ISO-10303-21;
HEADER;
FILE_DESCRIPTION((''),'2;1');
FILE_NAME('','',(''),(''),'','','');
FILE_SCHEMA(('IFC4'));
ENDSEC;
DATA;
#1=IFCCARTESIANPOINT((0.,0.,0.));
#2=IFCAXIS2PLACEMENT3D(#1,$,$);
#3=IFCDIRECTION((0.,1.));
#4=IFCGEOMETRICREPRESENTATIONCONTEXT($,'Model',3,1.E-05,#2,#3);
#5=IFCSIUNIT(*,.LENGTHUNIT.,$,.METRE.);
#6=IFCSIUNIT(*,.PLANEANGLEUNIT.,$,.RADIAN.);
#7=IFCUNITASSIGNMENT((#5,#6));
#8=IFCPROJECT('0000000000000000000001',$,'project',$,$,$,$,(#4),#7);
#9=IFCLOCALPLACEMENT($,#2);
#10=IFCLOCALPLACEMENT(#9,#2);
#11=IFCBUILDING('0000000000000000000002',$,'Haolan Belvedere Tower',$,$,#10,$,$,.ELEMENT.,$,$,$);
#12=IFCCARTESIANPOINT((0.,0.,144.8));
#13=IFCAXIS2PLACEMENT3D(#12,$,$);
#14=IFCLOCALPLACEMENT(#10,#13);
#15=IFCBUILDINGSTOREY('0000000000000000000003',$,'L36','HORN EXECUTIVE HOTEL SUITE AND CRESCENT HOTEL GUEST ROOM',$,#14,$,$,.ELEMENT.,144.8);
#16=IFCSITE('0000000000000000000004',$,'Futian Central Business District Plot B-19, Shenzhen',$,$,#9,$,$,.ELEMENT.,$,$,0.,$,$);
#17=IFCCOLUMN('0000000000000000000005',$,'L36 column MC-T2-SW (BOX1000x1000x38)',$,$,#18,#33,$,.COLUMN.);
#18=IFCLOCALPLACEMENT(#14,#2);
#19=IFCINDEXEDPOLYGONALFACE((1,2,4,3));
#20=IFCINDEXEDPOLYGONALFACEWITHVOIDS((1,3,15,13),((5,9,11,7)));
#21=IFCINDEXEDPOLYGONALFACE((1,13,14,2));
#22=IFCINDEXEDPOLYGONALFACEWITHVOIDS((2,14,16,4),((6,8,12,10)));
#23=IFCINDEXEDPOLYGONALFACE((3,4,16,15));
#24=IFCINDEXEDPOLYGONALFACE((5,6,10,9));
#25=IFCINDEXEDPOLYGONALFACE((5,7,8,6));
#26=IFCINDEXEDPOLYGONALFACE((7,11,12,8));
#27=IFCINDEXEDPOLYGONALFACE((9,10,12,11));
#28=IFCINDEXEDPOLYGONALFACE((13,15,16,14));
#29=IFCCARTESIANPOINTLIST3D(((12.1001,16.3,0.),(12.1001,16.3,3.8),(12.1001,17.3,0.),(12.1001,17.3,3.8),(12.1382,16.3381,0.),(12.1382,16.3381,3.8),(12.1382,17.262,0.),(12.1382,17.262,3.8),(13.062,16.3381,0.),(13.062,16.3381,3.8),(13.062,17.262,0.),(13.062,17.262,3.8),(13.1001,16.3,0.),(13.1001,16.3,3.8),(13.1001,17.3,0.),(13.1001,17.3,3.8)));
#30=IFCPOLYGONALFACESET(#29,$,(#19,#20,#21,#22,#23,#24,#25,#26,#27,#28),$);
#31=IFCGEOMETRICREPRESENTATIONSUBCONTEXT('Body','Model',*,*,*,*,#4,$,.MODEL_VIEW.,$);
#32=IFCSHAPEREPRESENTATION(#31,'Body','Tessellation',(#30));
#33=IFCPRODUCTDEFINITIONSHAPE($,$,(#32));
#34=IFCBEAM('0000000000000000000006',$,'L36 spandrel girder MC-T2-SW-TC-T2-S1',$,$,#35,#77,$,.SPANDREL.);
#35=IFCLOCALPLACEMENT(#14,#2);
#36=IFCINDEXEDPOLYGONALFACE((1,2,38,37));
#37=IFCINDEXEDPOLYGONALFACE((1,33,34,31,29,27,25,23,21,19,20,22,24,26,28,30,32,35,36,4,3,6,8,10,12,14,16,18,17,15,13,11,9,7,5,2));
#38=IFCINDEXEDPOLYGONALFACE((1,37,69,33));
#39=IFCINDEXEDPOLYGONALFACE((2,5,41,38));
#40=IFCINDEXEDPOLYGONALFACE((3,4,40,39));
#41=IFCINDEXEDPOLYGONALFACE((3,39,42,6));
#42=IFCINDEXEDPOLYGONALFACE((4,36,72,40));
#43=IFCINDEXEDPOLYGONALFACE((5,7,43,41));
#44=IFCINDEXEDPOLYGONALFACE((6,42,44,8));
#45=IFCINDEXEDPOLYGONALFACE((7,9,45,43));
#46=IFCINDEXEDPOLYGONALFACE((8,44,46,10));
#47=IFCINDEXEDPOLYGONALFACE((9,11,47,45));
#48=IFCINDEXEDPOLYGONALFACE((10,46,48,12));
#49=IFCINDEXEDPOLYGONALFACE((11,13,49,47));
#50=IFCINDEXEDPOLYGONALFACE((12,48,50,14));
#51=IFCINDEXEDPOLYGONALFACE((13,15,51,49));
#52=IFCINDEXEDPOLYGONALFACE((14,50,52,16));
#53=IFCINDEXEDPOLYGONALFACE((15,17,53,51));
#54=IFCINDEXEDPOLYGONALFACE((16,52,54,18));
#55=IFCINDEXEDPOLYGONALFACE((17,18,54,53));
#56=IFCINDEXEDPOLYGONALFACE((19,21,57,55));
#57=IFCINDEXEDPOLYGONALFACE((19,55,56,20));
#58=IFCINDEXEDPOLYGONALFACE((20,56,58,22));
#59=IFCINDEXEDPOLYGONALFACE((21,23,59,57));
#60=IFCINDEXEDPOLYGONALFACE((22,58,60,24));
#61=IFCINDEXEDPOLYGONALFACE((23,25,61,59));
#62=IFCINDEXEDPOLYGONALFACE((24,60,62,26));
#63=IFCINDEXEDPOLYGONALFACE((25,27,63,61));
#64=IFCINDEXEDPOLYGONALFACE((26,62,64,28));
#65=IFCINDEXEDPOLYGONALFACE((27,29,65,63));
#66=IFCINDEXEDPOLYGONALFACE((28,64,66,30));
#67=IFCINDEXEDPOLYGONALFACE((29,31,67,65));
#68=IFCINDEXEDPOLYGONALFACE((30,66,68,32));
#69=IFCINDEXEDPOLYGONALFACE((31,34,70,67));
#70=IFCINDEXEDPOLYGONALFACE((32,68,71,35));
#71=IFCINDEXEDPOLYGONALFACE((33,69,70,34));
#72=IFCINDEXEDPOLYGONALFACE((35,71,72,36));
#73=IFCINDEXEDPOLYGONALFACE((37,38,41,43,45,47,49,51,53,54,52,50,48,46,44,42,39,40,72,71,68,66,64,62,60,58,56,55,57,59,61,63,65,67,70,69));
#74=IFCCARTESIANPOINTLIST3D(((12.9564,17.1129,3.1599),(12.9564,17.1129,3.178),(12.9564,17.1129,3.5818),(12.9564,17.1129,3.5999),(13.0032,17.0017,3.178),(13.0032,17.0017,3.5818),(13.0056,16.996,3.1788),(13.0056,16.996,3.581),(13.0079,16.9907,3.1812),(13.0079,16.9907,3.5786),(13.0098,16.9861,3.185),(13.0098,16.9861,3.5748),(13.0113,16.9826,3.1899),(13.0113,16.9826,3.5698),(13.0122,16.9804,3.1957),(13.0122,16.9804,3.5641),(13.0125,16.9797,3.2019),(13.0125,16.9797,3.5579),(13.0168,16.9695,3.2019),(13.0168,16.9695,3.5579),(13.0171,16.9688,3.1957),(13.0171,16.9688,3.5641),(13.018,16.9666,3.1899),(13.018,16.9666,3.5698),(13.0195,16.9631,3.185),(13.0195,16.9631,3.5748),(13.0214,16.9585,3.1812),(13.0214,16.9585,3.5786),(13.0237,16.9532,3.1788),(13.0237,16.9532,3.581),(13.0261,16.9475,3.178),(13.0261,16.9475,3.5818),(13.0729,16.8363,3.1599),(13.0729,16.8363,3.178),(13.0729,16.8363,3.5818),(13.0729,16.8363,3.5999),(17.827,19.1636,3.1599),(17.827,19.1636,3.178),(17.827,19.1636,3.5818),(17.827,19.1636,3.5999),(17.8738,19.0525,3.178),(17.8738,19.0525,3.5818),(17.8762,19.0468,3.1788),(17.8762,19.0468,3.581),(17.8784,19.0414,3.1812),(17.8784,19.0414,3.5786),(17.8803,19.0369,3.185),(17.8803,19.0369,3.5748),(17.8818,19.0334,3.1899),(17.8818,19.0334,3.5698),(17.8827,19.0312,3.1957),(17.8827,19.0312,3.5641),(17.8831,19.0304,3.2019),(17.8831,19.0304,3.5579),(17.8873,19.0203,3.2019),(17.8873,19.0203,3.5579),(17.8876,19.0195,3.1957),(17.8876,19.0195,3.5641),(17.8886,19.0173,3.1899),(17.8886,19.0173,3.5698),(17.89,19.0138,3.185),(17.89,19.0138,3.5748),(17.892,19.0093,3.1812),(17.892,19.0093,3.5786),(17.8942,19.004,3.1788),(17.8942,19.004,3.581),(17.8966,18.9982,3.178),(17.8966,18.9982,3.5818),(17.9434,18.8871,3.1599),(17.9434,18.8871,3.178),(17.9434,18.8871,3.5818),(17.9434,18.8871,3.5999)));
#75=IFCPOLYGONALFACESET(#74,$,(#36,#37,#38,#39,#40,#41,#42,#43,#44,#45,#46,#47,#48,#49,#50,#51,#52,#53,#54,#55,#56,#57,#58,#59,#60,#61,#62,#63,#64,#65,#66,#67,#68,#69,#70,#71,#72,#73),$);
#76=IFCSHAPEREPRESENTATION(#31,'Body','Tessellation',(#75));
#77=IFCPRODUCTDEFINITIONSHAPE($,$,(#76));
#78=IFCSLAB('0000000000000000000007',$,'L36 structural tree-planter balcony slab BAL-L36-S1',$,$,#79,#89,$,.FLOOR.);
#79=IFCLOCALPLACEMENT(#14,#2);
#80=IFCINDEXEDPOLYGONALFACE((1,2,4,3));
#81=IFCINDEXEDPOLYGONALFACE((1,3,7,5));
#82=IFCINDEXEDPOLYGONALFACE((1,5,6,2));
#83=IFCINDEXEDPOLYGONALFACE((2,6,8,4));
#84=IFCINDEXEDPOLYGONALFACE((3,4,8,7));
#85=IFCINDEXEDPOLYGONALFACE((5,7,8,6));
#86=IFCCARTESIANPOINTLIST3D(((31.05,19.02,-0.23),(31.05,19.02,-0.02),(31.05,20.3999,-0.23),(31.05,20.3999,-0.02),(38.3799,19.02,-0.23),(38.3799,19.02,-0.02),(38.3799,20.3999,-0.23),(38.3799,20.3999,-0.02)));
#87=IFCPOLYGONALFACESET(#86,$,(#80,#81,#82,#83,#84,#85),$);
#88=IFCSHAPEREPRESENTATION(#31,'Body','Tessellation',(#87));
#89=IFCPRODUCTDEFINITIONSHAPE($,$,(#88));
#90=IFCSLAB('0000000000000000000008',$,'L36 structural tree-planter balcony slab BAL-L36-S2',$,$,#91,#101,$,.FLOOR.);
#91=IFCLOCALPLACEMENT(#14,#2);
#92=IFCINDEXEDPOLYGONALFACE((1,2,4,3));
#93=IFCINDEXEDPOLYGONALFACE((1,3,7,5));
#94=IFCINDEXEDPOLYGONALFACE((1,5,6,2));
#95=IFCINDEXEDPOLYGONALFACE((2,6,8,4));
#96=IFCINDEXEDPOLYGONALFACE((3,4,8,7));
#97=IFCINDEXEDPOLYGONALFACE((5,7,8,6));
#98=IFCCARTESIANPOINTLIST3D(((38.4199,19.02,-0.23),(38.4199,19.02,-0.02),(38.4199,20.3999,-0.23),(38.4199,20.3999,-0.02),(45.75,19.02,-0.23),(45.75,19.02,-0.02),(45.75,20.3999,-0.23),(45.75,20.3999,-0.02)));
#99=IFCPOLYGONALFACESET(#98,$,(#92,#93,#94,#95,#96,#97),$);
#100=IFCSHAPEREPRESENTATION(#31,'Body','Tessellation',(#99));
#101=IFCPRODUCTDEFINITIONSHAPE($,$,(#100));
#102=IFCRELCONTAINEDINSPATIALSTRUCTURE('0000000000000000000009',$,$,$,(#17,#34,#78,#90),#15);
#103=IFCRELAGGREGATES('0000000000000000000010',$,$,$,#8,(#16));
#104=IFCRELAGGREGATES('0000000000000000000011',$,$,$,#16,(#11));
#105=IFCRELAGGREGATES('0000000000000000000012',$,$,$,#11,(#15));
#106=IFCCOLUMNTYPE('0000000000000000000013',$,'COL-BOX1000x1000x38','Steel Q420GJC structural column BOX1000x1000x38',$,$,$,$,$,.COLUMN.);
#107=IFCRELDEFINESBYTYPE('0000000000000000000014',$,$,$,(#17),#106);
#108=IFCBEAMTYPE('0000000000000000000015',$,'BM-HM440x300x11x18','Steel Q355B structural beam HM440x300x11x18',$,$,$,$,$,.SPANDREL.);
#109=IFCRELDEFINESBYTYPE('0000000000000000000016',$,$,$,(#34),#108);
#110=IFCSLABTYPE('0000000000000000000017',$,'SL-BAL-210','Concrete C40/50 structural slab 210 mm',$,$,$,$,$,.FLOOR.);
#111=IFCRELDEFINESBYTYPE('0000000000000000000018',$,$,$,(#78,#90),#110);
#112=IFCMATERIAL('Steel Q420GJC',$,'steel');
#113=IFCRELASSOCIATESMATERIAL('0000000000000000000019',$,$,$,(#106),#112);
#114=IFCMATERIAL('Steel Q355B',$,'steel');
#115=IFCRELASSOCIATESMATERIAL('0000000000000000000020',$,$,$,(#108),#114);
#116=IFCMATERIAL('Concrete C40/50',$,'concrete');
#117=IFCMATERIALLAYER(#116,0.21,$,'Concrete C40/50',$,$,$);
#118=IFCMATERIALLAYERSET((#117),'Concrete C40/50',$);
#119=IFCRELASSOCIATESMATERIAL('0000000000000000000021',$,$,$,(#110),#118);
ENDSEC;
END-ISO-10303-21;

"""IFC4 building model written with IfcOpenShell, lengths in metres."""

from ifc_helpers import new_model, si_unit, direction, frame, origin, origin_2d, place, context, subcontext, project, spatial, polyline, hollow_rectangle, i_section, outline, extrude, material, layer, layer_set, material_profile, profile_set, type_object, element, save


model = new_model("IFC4")

# Units and contexts
model_context = context("Model", 3, precision=1e-05, world=origin(), true_north=direction((0.0, 1.0)))
body_context = subcontext(model_context, "Body", "Model", "MODEL_VIEW")
ifc_project = project(units=[si_unit("LENGTHUNIT", "METRE"), si_unit("PLANEANGLEUNIT", "RADIAN")], contexts=[model_context])

# Site, building, storey
site_placement = place(None, origin())
site = spatial("IfcSite", under=ifc_project, at=site_placement, Name="Futian Central Business District Plot B-19, Shenzhen", CompositionType="ELEMENT", RefElevation=0.0)
building_placement = place(site_placement, origin())
building = spatial("IfcBuilding", under=site, at=building_placement, Name="Haolan Belvedere Tower", CompositionType="ELEMENT")
storey_placement = place(building_placement, frame((0.0, 0.0, 144.8)))
storey = spatial("IfcBuildingStorey", under=building, at=storey_placement, Name="L36", Description="HORN EXECUTIVE HOTEL SUITE AND CRESCENT HOTEL GUEST ROOM", CompositionType="ELEMENT", Elevation=144.8)

# Column
ifc_material_1 = material(Name="Steel Q420GJC", Category="steel")
ifc_material_profile_1 = material_profile(ifc_material_1, hollow_rectangle(XDim=1.0, YDim=1.0, WallThickness=0.0381, at=origin_2d()), Name="Steel Q420GJC")
ifc_profile_set_1 = profile_set([ifc_material_profile_1], Name="Steel Q420GJC")
column_type = type_object("IfcColumnType", Name="COL-BOX1000x1000x38", Description="Steel Q420GJC structural column BOX1000x1000x38", PredefinedType="COLUMN", material=ifc_profile_set_1)
column_placement = place(storey_placement, frame((12.6001, 16.8, 0.0), z_axis=(0.0, 0.0, 1.0), x_axis=(1.0, 0.0, 0.0)))
element("IfcColumn", 1, at=column_placement, inside=storey, type_object=column_type, Name="L36 column MC-T2-SW (BOX1000x1000x38)", PredefinedType="COLUMN", context=body_context, shape_type="SweptSolid", body=[
    extrude(hollow_rectangle(XDim=1.0, YDim=1.0, WallThickness=0.0381, at=origin_2d()), origin(), (0.0, 0.0, 1.0), 3.8),
])

# Beam
ifc_material_2 = material(Name="Steel Q355B", Category="steel")
ifc_material_profile_2 = material_profile(ifc_material_2, i_section(OverallWidth=0.3, OverallDepth=0.4399, WebThickness=0.011, FlangeThickness=0.0181, FilletRadius=0.0239, at=origin_2d()), Name="Steel Q355B")
ifc_profile_set_2 = profile_set([ifc_material_profile_2], Name="Steel Q355B")
beam_type = type_object("IfcBeamType", Name="BM-HM440x300x11x18", Description="Steel Q355B structural beam HM440x300x11x18", PredefinedType="SPANDREL", material=ifc_profile_set_2)
beam_placement = place(storey_placement, frame((13.0146, 16.9746, 3.3799), z_axis=(0.921635, 0.388057, 0.0), x_axis=(-0.388057, 0.921635, 0.0)))
element("IfcBeam", 2, at=beam_placement, inside=storey, type_object=beam_type, Name="L36 spandrel girder MC-T2-SW-TC-T2-S1", PredefinedType="SPANDREL", context=body_context, shape_type="SweptSolid", body=[
    extrude(i_section(OverallWidth=0.3, OverallDepth=0.4399, WebThickness=0.011, FlangeThickness=0.0181, FilletRadius=0.0239, at=origin_2d()), origin(), (0.0, 0.0, 1.0), 5.2847),
])

# Slabs
ifc_material_3 = material(Name="Concrete C40/50", Category="concrete")
ifc_layer_1 = layer(ifc_material_3, 0.21, Name="Concrete C40/50")
ifc_layer_set_1 = layer_set([ifc_layer_1], Name="Concrete C40/50")
slab_type_1 = type_object("IfcSlabType", Name="SL-BAL-210", Description="Concrete C40/50 structural slab 210 mm", PredefinedType="FLOOR", material=ifc_layer_set_1)
slab_1_placement = place(storey_placement, frame((0.0, 0.0, -0.23)))
element("IfcSlab", 3, at=slab_1_placement, inside=storey, type_object=slab_type_1, Name="L36 structural tree-planter balcony slab BAL-L36-S1", PredefinedType="FLOOR", context=body_context, shape_type="SweptSolid", body=[
    extrude(outline(polyline([(31.05, 19.02), (38.3799, 19.02), (38.3799, 20.3999), (31.05, 20.3999), (31.05, 19.02)])), origin(), (0.0, 0.0, 1.0), 0.21),
])
slab_2_placement = place(storey_placement, frame((0.0, 0.0, -0.23)))
element("IfcSlab", 4, at=slab_2_placement, inside=storey, type_object=slab_type_1, Name="L36 structural tree-planter balcony slab BAL-L36-S2", PredefinedType="FLOOR", context=body_context, shape_type="SweptSolid", body=[
    extrude(outline(polyline([(38.4199, 19.02), (45.75, 19.02), (45.75, 20.3999), (38.4199, 20.3999), (38.4199, 19.02)])), origin(), (0.0, 0.0, 1.0), 0.21),
])

save(model, "model.ifc")
